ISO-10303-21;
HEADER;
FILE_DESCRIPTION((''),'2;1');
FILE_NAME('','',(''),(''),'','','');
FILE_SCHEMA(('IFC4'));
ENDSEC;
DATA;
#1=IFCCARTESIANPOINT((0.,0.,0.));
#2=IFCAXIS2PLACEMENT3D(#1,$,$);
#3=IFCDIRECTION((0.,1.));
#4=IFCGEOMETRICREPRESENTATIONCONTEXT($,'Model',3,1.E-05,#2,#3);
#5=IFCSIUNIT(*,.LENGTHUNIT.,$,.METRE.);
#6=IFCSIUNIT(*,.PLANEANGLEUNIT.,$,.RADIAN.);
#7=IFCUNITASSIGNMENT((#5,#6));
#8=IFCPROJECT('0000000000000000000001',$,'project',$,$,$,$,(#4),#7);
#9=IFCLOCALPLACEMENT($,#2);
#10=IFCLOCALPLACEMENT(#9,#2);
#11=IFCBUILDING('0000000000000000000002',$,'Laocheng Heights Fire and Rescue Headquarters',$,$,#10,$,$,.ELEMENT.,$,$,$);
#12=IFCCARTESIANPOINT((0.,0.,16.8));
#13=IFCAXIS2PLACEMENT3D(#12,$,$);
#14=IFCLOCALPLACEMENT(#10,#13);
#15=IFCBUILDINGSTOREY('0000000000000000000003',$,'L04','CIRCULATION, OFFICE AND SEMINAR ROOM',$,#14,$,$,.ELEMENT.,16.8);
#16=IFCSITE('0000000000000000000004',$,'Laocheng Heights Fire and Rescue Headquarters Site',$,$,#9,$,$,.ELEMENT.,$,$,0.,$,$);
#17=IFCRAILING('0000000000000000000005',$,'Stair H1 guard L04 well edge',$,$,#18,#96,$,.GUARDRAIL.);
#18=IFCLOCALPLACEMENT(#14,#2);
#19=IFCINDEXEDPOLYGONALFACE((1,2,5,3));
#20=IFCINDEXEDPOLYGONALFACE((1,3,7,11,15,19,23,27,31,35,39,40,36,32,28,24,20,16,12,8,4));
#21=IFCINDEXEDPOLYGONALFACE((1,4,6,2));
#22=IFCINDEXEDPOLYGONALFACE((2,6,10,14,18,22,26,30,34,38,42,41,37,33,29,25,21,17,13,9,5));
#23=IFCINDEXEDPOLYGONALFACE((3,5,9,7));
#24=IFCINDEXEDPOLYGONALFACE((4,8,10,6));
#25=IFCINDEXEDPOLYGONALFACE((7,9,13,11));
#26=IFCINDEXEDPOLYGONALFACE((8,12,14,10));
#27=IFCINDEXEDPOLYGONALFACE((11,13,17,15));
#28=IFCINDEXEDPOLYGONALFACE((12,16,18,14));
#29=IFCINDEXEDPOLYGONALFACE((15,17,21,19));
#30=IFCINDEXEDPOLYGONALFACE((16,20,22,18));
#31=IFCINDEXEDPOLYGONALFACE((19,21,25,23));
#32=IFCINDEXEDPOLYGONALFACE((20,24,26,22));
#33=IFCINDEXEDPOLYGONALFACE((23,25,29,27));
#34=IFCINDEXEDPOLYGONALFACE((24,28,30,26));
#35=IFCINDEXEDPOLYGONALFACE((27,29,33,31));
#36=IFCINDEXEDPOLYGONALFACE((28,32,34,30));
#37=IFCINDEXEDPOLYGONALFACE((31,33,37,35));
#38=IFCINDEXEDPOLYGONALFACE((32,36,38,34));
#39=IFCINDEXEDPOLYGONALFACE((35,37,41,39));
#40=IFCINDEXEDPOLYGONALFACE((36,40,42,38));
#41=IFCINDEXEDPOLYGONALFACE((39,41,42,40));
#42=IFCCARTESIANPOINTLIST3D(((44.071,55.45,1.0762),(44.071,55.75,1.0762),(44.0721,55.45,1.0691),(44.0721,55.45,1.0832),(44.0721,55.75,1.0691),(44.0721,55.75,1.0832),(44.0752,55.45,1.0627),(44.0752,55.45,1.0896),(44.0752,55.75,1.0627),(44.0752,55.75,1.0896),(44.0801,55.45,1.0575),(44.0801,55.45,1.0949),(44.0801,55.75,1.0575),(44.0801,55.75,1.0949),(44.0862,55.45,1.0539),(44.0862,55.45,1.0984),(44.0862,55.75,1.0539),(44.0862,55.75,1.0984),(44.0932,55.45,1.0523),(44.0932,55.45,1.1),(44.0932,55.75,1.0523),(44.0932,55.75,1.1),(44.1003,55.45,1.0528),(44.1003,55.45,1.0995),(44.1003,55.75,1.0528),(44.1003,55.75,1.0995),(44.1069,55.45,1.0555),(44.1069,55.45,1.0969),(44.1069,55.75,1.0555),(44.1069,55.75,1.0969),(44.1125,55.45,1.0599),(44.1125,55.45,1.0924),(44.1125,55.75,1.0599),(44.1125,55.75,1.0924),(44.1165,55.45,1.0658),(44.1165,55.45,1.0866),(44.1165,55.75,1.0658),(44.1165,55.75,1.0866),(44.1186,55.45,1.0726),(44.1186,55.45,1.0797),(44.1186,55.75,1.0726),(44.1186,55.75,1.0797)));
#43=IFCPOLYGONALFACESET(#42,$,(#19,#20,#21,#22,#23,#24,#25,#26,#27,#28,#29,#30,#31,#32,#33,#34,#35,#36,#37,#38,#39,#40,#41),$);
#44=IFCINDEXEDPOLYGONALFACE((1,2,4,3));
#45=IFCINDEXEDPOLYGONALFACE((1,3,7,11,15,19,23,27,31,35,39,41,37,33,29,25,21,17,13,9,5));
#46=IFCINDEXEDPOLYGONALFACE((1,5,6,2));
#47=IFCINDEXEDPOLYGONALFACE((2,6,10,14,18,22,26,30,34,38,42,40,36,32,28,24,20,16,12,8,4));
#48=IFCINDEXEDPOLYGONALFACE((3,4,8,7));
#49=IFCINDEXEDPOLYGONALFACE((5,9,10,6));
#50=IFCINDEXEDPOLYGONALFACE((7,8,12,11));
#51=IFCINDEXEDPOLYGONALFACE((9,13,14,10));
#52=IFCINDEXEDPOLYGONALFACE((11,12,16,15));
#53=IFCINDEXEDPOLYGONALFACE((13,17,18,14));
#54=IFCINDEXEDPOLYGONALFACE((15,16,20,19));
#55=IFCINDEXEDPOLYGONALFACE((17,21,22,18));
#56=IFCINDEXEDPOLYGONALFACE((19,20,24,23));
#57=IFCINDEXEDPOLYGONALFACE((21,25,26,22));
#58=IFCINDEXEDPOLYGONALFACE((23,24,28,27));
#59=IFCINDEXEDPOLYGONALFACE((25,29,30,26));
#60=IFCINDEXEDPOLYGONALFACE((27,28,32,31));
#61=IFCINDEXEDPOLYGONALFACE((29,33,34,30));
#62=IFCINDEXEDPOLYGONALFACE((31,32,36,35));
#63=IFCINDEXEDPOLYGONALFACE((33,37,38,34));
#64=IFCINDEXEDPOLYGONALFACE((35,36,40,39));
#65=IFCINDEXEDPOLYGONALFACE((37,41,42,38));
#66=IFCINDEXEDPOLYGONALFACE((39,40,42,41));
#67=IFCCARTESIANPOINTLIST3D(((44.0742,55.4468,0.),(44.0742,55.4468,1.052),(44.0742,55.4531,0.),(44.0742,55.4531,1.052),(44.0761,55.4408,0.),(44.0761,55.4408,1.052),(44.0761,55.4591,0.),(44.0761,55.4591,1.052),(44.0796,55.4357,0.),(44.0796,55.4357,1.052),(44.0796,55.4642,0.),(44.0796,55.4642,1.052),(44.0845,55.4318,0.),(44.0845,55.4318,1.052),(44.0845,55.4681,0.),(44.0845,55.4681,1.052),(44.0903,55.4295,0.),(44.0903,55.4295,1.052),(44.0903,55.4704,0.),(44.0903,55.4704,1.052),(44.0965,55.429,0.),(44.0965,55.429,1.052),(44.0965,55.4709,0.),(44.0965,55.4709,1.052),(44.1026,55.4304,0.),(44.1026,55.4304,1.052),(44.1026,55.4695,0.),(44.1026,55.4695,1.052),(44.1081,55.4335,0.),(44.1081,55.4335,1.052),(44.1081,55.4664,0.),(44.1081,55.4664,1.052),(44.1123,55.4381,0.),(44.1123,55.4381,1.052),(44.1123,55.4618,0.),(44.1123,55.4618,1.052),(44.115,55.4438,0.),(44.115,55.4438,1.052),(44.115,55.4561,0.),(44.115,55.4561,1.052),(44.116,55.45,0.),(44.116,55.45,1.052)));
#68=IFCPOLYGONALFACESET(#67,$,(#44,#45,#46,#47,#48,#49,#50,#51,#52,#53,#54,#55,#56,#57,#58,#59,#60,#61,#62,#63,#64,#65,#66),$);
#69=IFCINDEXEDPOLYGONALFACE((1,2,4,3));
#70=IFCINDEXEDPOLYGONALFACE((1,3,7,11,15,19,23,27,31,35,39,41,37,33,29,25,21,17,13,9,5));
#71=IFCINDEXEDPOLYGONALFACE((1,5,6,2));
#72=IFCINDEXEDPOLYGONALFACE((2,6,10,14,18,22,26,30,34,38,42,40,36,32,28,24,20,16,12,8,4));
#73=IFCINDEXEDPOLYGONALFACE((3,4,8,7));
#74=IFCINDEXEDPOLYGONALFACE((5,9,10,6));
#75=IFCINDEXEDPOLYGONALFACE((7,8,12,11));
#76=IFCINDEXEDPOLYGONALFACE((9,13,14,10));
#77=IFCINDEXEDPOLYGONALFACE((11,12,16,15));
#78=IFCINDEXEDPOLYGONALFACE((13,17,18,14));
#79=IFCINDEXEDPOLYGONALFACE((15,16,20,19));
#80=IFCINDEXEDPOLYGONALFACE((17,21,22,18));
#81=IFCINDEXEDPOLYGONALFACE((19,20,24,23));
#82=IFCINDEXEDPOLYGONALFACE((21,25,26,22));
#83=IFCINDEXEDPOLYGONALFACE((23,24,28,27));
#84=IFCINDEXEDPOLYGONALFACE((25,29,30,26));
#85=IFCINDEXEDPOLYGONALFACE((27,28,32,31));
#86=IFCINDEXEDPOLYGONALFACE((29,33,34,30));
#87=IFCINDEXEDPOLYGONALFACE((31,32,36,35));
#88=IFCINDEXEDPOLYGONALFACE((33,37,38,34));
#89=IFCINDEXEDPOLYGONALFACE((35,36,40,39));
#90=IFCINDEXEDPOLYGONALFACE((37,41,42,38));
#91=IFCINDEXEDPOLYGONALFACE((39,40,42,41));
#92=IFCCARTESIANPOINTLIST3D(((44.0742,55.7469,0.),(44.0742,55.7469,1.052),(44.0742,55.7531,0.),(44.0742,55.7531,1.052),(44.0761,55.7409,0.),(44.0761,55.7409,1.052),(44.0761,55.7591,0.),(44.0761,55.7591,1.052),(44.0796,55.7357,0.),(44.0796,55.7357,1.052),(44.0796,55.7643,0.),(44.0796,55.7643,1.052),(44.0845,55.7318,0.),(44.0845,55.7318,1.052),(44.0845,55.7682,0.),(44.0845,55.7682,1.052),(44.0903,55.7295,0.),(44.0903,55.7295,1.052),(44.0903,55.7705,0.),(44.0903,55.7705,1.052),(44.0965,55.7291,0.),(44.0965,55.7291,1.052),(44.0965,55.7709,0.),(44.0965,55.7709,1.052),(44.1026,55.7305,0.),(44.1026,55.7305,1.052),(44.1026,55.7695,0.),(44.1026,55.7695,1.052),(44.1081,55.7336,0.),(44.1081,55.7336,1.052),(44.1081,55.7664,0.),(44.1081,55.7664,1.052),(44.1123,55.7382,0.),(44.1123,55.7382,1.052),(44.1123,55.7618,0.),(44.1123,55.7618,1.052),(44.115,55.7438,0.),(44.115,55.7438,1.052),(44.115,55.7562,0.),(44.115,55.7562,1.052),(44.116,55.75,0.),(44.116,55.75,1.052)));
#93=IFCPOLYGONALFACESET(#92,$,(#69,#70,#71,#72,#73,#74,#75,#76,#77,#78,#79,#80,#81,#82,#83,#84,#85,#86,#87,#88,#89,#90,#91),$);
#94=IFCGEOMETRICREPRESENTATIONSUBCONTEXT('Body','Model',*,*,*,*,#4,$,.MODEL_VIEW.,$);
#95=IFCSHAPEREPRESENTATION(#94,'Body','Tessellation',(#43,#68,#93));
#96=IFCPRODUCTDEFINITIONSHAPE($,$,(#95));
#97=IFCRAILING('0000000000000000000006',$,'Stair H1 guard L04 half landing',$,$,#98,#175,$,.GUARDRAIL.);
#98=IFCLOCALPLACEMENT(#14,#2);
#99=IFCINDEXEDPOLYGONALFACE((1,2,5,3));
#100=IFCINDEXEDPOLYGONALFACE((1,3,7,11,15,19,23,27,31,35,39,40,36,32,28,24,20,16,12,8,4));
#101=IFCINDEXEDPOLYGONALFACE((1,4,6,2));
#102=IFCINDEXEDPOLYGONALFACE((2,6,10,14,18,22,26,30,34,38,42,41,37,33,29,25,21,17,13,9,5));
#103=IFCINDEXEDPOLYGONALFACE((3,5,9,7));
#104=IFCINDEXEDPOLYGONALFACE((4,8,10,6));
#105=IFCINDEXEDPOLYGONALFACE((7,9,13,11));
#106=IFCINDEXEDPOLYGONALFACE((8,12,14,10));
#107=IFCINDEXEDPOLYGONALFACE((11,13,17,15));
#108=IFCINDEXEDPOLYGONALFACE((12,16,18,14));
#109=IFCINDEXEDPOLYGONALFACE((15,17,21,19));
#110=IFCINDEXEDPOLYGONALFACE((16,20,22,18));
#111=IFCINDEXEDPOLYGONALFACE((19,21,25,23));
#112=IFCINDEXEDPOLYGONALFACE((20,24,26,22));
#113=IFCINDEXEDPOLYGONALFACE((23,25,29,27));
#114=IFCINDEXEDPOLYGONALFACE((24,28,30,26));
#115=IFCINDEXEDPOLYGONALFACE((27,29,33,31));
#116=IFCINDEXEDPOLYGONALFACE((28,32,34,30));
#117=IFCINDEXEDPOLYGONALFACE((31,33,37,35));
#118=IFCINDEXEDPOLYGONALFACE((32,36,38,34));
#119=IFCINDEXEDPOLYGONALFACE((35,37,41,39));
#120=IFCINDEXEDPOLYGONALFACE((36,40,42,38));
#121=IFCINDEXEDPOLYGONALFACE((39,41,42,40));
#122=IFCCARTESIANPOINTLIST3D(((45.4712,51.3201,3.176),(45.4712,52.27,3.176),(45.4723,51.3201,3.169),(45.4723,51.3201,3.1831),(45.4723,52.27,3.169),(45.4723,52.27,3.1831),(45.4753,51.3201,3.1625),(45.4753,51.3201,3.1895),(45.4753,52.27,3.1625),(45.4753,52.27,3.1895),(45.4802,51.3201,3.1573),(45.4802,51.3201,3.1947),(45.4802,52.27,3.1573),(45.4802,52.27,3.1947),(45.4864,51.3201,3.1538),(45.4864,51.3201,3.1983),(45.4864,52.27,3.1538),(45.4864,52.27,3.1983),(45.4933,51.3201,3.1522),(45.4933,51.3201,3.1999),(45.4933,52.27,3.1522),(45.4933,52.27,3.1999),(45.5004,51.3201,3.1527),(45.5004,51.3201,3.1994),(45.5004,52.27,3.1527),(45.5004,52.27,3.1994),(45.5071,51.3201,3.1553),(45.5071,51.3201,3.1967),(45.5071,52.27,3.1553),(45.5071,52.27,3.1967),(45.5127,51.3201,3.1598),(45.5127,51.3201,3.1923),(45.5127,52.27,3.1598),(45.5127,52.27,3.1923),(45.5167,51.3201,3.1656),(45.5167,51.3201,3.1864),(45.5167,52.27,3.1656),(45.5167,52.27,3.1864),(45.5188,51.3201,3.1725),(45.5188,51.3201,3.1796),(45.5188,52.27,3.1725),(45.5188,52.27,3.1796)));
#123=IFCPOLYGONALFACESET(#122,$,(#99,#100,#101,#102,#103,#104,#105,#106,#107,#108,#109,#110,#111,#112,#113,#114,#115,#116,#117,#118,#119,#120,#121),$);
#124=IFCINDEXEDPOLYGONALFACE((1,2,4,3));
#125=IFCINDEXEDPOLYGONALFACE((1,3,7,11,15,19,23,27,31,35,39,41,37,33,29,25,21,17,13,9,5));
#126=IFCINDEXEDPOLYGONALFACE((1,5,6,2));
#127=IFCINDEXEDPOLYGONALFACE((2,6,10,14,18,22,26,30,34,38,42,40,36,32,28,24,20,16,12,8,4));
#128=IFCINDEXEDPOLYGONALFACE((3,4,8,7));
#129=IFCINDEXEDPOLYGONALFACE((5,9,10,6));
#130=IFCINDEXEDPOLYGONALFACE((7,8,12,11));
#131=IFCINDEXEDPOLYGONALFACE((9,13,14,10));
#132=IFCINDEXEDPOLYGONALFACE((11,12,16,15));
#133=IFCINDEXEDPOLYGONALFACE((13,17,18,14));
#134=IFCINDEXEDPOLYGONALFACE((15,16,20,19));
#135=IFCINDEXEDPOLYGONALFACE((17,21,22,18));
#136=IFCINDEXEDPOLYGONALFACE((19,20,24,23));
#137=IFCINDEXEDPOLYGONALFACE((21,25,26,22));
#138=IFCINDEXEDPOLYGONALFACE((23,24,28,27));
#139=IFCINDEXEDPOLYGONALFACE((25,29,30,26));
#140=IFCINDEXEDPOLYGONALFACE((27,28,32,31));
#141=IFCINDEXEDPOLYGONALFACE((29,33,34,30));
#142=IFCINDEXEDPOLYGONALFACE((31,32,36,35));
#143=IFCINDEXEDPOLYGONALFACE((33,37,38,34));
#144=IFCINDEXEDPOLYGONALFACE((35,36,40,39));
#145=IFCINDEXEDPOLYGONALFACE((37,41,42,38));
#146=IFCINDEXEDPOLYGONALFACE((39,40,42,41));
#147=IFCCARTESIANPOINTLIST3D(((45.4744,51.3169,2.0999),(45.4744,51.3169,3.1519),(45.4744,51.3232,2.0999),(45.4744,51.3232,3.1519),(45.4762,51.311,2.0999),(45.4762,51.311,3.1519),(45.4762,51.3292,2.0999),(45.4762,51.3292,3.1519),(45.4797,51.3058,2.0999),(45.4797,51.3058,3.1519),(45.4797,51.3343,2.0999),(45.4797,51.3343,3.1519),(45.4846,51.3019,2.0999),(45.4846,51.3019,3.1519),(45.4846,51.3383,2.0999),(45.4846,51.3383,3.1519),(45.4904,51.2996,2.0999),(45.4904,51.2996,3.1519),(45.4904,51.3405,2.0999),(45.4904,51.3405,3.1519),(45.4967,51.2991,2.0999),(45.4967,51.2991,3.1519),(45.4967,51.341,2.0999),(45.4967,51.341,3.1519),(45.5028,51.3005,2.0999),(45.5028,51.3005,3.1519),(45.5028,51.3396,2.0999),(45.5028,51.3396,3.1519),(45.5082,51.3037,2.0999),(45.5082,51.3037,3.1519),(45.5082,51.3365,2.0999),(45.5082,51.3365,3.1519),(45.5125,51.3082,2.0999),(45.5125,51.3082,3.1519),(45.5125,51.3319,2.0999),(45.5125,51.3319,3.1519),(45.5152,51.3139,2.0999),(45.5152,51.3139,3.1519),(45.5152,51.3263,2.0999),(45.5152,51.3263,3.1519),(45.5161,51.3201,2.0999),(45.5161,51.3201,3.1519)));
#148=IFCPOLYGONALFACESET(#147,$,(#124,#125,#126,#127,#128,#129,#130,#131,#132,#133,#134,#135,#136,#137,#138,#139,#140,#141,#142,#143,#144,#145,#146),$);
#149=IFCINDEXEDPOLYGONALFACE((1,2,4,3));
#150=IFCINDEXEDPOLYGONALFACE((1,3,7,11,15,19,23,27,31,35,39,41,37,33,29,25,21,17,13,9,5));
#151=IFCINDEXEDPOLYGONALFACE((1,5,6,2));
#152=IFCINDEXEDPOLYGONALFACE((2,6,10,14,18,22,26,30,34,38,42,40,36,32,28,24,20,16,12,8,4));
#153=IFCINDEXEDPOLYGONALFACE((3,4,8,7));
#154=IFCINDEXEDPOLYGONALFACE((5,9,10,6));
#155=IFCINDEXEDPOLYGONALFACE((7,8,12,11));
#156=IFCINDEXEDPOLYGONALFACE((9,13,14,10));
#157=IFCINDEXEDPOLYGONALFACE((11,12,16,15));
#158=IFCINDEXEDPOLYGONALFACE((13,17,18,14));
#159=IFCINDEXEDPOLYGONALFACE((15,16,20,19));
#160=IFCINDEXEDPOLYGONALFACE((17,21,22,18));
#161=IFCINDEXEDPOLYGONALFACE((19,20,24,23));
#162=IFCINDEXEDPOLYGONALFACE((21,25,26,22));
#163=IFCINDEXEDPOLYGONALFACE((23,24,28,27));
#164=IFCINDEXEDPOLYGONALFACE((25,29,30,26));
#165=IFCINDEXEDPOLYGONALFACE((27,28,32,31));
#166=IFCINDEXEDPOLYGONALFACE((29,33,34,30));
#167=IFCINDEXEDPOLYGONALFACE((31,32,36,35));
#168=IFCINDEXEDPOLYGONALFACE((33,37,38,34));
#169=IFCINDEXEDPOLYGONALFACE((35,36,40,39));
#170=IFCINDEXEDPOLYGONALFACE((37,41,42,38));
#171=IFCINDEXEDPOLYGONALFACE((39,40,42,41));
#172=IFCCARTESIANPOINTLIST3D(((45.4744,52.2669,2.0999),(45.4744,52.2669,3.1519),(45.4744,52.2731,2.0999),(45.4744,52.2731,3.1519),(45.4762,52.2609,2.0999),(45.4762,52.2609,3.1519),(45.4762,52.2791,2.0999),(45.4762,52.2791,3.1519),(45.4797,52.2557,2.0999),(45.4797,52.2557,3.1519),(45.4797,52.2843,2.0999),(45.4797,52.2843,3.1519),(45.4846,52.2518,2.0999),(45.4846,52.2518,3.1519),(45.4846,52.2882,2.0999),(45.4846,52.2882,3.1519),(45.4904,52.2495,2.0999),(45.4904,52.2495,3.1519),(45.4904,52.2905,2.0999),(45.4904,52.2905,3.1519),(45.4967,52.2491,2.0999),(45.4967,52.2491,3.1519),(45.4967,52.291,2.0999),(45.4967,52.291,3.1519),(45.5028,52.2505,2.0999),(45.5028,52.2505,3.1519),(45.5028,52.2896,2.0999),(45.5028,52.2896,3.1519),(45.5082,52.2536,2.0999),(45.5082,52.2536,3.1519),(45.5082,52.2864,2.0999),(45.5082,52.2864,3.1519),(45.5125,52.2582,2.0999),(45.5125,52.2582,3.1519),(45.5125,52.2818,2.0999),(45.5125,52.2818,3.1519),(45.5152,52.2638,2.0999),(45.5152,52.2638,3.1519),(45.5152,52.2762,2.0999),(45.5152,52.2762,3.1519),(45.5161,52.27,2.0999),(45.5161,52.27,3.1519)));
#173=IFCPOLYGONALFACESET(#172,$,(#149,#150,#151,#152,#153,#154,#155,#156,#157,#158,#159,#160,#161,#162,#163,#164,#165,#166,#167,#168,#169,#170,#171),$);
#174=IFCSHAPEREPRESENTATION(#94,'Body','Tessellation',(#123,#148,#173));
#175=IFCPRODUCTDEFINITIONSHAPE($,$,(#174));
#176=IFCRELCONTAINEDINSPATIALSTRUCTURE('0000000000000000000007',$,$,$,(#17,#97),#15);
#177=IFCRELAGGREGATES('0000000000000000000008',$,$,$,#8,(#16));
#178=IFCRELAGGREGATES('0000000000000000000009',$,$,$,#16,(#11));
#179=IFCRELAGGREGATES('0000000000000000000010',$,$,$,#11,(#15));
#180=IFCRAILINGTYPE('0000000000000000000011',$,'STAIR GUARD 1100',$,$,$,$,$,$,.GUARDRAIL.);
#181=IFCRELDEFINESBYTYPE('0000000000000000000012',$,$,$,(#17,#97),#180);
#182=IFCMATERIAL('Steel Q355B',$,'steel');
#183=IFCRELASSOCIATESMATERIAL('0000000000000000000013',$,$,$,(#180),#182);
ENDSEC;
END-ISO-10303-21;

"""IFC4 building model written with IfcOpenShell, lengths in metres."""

from ifc_helpers import new_model, si_unit, direction, frame, origin, origin_2d, place, context, subcontext, project, spatial, circle, extrude, material, type_object, element, save


model = new_model("IFC4")

# Units and contexts
model_context = context("Model", 3, precision=1e-05, world=origin(), true_north=direction((0.0, 1.0)))
body_context = subcontext(model_context, "Body", "Model", "MODEL_VIEW")
ifc_project = project(units=[si_unit("LENGTHUNIT", "METRE"), si_unit("PLANEANGLEUNIT", "RADIAN")], contexts=[model_context])

# Site, building, storey
site_placement = place(None, origin())
site = spatial("IfcSite", under=ifc_project, at=site_placement, Name="Laocheng Heights Fire and Rescue Headquarters Site", CompositionType="ELEMENT", RefElevation=0.0)
building_placement = place(site_placement, origin())
building = spatial("IfcBuilding", under=site, at=building_placement, Name="Laocheng Heights Fire and Rescue Headquarters", CompositionType="ELEMENT")
storey_placement = place(building_placement, frame((0.0, 0.0, 16.8)))
storey = spatial("IfcBuildingStorey", under=building, at=storey_placement, Name="L04", Description="CIRCULATION, OFFICE AND SEMINAR ROOM", CompositionType="ELEMENT", Elevation=16.8)

# Railings
ifc_material_1 = material(Name="Steel Q355B", Category="steel")
railing_type_1 = type_object("IfcRailingType", Name="STAIR GUARD 1100", PredefinedType="GUARDRAIL", material=ifc_material_1)
railing_1_placement = place(storey_placement, frame((44.095, 55.45, 0.0)))
element("IfcRailing", 1, at=railing_1_placement, inside=storey, type_object=railing_type_1, Name="Stair H1 guard L04 well edge", PredefinedType="GUARDRAIL", context=body_context, shape_type="SweptSolid", body=[
    extrude(circle(Radius=0.0239, at=origin_2d()), frame((0.0, 0.0, 1.0762), z_axis=(0.0, 1.0, 0.0), x_axis=(-1.0, 0.0, 0.0)), (0.0, 0.0, 1.0), 0.3),
    extrude(circle(Radius=0.021, at=origin_2d()), origin(), (0.0, 0.0, 1.0), 1.052),
    extrude(circle(Radius=0.021, at=origin_2d()), frame((0.0, 0.3, 0.0)), (0.0, 0.0, 1.0), 1.052),
])
railing_2_placement = place(storey_placement, frame((45.4951, 51.3201, 2.0999)))
element("IfcRailing", 2, at=railing_2_placement, inside=storey, type_object=railing_type_1, Name="Stair H1 guard L04 half landing", PredefinedType="GUARDRAIL", context=body_context, shape_type="SweptSolid", body=[
    extrude(circle(Radius=0.0239, at=origin_2d()), frame((0.0, 0.0, 1.0762), z_axis=(0.0, 1.0, 0.0), x_axis=(-1.0, 0.0, 0.0)), (0.0, 0.0, 1.0), 0.95),
    extrude(circle(Radius=0.021, at=origin_2d()), origin(), (0.0, 0.0, 1.0), 1.052),
    extrude(circle(Radius=0.021, at=origin_2d()), frame((0.0, 0.95, 0.0)), (0.0, 0.0, 1.0), 1.052),
])

save(model, "model.ifc")
